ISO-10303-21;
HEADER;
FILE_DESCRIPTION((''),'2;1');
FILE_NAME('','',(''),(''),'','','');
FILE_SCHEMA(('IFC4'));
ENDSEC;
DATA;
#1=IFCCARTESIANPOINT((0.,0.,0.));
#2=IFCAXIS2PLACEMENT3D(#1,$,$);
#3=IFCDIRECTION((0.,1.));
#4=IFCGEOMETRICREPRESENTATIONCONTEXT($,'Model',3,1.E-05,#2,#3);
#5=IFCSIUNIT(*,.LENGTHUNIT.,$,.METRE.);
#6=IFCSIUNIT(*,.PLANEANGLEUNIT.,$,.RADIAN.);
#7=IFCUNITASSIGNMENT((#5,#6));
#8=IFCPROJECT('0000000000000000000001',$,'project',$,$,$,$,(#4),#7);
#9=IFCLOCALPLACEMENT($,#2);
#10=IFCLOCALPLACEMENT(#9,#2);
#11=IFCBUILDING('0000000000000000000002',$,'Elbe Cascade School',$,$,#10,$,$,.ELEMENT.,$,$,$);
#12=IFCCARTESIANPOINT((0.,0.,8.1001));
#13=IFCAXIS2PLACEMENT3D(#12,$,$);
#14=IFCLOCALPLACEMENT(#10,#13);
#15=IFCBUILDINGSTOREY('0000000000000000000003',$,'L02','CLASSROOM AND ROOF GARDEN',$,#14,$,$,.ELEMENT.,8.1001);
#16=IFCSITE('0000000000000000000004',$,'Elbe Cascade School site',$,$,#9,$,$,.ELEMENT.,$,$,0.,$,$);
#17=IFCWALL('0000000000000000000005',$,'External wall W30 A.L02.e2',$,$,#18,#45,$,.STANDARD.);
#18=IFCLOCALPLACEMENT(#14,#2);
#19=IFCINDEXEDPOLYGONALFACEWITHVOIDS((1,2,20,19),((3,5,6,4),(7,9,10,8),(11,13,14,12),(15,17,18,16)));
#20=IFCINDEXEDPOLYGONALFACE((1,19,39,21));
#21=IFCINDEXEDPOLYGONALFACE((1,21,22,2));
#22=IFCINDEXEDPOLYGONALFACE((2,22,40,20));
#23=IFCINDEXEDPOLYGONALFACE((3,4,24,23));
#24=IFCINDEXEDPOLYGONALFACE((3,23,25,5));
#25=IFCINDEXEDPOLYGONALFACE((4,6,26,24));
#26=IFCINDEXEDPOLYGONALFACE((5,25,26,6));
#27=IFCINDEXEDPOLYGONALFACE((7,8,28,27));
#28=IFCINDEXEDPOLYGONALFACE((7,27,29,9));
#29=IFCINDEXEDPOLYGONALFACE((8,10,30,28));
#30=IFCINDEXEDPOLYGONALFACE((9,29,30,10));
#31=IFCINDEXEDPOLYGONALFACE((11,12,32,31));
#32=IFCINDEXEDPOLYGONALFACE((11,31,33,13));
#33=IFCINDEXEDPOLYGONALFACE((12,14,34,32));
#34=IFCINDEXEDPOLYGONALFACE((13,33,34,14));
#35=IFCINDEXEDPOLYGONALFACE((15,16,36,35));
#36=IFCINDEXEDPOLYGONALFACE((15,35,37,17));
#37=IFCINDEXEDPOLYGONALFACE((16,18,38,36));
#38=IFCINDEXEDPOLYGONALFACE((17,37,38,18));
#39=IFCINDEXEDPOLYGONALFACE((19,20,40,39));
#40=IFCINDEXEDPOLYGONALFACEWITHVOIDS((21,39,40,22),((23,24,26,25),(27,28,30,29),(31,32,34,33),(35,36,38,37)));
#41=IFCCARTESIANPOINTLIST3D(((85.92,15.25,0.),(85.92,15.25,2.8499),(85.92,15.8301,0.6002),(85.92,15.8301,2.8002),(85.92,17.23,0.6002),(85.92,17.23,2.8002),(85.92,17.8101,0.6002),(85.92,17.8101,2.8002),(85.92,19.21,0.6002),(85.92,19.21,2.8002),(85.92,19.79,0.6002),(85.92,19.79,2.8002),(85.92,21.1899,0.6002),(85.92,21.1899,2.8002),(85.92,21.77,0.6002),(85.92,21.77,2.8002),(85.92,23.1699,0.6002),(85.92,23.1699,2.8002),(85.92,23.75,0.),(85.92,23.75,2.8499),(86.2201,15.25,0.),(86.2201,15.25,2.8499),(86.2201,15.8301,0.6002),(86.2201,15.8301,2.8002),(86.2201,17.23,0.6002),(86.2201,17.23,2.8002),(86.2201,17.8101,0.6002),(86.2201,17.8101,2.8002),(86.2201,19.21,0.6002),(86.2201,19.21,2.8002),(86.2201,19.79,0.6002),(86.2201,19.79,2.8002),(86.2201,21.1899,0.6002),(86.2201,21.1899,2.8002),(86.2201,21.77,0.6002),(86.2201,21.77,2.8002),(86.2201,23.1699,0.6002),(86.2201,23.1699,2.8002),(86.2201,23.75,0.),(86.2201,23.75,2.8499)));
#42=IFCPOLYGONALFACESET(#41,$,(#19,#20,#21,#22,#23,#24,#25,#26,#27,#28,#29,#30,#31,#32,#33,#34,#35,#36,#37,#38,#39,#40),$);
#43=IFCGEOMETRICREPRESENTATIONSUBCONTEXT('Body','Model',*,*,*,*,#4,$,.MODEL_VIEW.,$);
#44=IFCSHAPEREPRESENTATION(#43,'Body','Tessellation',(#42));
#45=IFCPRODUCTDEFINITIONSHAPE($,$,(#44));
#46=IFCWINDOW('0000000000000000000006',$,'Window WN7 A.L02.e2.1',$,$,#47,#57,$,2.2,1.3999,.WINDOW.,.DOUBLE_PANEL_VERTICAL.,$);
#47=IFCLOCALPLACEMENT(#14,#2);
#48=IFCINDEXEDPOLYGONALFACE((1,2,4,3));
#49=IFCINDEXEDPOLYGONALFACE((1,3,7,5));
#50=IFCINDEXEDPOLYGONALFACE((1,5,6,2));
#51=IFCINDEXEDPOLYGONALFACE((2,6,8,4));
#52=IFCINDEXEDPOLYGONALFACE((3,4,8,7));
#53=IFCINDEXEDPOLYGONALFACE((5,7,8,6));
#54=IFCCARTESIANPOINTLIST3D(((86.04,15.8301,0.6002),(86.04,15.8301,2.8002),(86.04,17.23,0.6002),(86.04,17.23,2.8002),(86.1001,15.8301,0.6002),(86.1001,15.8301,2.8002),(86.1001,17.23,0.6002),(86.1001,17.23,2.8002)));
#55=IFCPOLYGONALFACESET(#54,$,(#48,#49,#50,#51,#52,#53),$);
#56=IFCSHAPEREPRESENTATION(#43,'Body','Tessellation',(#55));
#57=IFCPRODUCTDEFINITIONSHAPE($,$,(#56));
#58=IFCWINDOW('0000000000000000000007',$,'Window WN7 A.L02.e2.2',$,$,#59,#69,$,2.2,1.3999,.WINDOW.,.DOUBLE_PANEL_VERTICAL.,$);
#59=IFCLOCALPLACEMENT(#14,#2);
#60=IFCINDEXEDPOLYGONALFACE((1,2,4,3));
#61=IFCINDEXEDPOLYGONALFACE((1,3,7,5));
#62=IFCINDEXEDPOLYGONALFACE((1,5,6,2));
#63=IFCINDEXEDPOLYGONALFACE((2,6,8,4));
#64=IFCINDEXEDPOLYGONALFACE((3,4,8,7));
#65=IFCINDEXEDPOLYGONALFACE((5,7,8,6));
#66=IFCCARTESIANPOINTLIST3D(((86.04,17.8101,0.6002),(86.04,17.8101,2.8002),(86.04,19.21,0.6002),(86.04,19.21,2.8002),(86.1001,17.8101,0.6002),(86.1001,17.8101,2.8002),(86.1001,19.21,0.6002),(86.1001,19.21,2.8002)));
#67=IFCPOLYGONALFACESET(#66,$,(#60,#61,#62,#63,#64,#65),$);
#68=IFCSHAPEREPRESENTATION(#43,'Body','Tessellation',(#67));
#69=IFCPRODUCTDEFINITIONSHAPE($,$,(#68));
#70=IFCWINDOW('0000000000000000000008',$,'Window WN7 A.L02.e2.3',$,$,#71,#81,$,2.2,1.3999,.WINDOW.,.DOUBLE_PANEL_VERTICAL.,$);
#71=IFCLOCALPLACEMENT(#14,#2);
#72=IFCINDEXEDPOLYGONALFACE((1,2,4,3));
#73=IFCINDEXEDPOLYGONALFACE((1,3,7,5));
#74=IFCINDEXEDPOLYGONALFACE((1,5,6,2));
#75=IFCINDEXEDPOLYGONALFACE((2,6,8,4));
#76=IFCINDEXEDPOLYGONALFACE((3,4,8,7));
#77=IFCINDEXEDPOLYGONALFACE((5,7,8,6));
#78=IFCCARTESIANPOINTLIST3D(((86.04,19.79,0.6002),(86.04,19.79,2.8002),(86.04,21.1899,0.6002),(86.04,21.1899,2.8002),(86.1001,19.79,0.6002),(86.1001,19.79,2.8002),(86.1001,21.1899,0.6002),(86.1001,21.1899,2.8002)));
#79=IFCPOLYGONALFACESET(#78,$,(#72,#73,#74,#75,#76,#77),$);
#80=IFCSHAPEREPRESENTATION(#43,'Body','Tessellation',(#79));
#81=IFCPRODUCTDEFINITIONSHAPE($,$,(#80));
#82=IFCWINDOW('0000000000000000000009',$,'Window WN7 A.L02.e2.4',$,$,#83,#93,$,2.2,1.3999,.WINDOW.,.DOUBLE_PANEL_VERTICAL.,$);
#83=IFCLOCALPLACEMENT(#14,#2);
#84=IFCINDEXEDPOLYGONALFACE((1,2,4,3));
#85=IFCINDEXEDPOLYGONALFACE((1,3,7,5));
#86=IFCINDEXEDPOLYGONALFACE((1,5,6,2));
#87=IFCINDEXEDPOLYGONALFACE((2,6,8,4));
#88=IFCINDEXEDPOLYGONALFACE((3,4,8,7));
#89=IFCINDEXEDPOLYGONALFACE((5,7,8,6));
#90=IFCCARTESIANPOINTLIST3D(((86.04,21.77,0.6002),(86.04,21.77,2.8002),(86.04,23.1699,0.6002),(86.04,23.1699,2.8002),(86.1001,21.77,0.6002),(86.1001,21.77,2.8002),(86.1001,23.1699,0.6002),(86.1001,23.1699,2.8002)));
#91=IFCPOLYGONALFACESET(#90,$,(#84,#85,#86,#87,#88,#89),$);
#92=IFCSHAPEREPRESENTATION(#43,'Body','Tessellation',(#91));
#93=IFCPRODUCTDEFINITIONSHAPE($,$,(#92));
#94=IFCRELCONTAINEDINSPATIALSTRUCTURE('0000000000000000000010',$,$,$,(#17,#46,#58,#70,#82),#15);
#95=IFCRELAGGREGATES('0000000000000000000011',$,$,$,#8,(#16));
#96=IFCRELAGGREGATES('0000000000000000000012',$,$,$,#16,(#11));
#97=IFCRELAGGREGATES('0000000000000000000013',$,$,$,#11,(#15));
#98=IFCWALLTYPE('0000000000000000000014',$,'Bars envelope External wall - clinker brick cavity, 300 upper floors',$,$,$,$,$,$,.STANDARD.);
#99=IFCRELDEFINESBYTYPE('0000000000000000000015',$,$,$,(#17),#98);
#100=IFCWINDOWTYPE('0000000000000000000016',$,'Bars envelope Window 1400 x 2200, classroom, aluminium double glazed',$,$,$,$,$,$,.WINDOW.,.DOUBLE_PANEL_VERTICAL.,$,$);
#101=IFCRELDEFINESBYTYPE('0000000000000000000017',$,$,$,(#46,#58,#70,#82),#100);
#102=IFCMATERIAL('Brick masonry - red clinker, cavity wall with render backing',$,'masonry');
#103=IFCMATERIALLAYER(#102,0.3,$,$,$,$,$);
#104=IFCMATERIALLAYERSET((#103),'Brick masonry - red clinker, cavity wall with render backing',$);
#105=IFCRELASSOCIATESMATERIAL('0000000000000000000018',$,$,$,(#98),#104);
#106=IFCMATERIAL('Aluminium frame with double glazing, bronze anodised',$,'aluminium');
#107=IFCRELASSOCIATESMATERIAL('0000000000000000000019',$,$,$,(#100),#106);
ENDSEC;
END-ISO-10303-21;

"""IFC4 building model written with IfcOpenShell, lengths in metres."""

from ifc_helpers import new_model, si_unit, direction, frame, frame_2d, origin, place, context, subcontext, project, spatial, rectangle, extrude, material, layer, layer_set, type_object, element, fill, save


model = new_model("IFC4")

# Units and contexts
model_context = context("Model", 3, precision=1e-05, world=origin(), true_north=direction((0.0, 1.0)))
body_context = subcontext(model_context, "Body", "Model", "MODEL_VIEW")
ifc_project = project(units=[si_unit("LENGTHUNIT", "METRE"), si_unit("PLANEANGLEUNIT", "RADIAN")], contexts=[model_context])

# Site, building, storey
site_placement = place(None, origin())
site = spatial("IfcSite", under=ifc_project, at=site_placement, Name="Elbe Cascade School site", CompositionType="ELEMENT", RefElevation=0.0)
building_placement = place(site_placement, origin())
building = spatial("IfcBuilding", under=site, at=building_placement, Name="Elbe Cascade School", CompositionType="ELEMENT")
storey_placement = place(building_placement, frame((0.0, 0.0, 8.1001)))
storey = spatial("IfcBuildingStorey", under=building, at=storey_placement, Name="L02", Description="CLASSROOM AND ROOF GARDEN", CompositionType="ELEMENT", Elevation=8.1001)

# Wall, openings, windows
ifc_material_1 = material(Name="Brick masonry - red clinker, cavity wall with render backing", Category="masonry")
ifc_layer_1 = layer(ifc_material_1, 0.3)
ifc_layer_set_1 = layer_set([ifc_layer_1], Name="Brick masonry - red clinker, cavity wall with render backing")
wall_type_1 = type_object("IfcWallType", Name="Bars envelope External wall - clinker brick cavity, 300 upper floors", PredefinedType="STANDARD", material=ifc_layer_set_1)
wall_1_placement = place(storey_placement, frame((86.0701, 23.75, 0.0), z_axis=(0.0, 0.0, 1.0), x_axis=(0.0, -1.0, 0.0)))
wall_1 = element("IfcWall", 1, at=wall_1_placement, inside=storey, type_object=wall_type_1, Name="External wall W30 A.L02.e2", PredefinedType="STANDARD", context=body_context, shape_type="SweptSolid", body=[
    extrude(rectangle(XDim=8.5, YDim=0.3, at=frame_2d((4.25, 0.0))), origin(), (0.0, 0.0, 1.0), 2.8499),
])
opening_1_placement = place(wall_1_placement, frame((6.52, 0.0, 0.6001)))
opening_1 = element("IfcOpeningElement", 2, at=opening_1_placement, cuts=wall_1, PredefinedType="OPENING", context=body_context, shape_type="SweptSolid", body=[
    extrude(rectangle(XDim=1.3999, YDim=2.2, at=frame_2d((0.7, 1.1001))), frame((0.0, 0.1599, 0.0), z_axis=(0.0, -1.0, 0.0), x_axis=(1.0, 0.0, 0.0)), (0.0, 0.0, 1.0), 0.3201),
])
opening_2_placement = place(wall_1_placement, frame((4.54, 0.0, 0.6001)))
opening_2 = element("IfcOpeningElement", 3, at=opening_2_placement, cuts=wall_1, PredefinedType="OPENING", context=body_context, shape_type="SweptSolid", body=[
    extrude(rectangle(XDim=1.3999, YDim=2.2, at=frame_2d((0.7, 1.1001))), frame((0.0, 0.1599, 0.0), z_axis=(0.0, -1.0, 0.0), x_axis=(1.0, 0.0, 0.0)), (0.0, 0.0, 1.0), 0.3201),
])
opening_3_placement = place(wall_1_placement, frame((2.5601, 0.0, 0.6001)))
opening_3 = element("IfcOpeningElement", 4, at=opening_3_placement, cuts=wall_1, PredefinedType="OPENING", context=body_context, shape_type="SweptSolid", body=[
    extrude(rectangle(XDim=1.3999, YDim=2.2, at=frame_2d((0.7, 1.1001))), frame((0.0, 0.1599, 0.0), z_axis=(0.0, -1.0, 0.0), x_axis=(1.0, 0.0, 0.0)), (0.0, 0.0, 1.0), 0.3201),
])
opening_4_placement = place(wall_1_placement, frame((0.5801, 0.0, 0.6001)))
opening_4 = element("IfcOpeningElement", 5, at=opening_4_placement, cuts=wall_1, PredefinedType="OPENING", context=body_context, shape_type="SweptSolid", body=[
    extrude(rectangle(XDim=1.3999, YDim=2.2, at=frame_2d((0.7, 1.1001))), frame((0.0, 0.1599, 0.0), z_axis=(0.0, -1.0, 0.0), x_axis=(1.0, 0.0, 0.0)), (0.0, 0.0, 1.0), 0.3201),
])
ifc_material_2 = material(Name="Aluminium frame with double glazing, bronze anodised", Category="aluminium")
window_type = type_object("IfcWindowType", Name="Bars envelope Window 1400 x 2200, classroom, aluminium double glazed", PartitioningType="DOUBLE_PANEL_VERTICAL", PredefinedType="WINDOW", material=ifc_material_2)
window_1_placement = place(opening_1_placement, origin())
window_1 = element("IfcWindow", 6, at=window_1_placement, inside=storey, type_object=window_type, Name="Window WN7 A.L02.e2.1", OverallHeight=2.2, OverallWidth=1.3999, PartitioningType="DOUBLE_PANEL_VERTICAL", PredefinedType="WINDOW", context=body_context, shape_type="SweptSolid", body=[
    extrude(rectangle(XDim=1.3999, YDim=2.2, at=frame_2d((0.7, 1.1001))), frame((0.0, 0.03, 0.0), z_axis=(0.0, -1.0, 0.0), x_axis=(1.0, 0.0, 0.0)), (0.0, 0.0, 1.0), 0.0601),
])
fill(opening_1, window_1)
window_2_placement = place(opening_2_placement, origin())
window_2 = element("IfcWindow", 7, at=window_2_placement, inside=storey, type_object=window_type, Name="Window WN7 A.L02.e2.2", OverallHeight=2.2, OverallWidth=1.3999, PartitioningType="DOUBLE_PANEL_VERTICAL", PredefinedType="WINDOW", context=body_context, shape_type="SweptSolid", body=[
    extrude(rectangle(XDim=1.3999, YDim=2.2, at=frame_2d((0.7, 1.1001))), frame((0.0, 0.03, 0.0), z_axis=(0.0, -1.0, 0.0), x_axis=(1.0, 0.0, 0.0)), (0.0, 0.0, 1.0), 0.0601),
])
fill(opening_2, window_2)
window_3_placement = place(opening_3_placement, origin())
window_3 = element("IfcWindow", 8, at=window_3_placement, inside=storey, type_object=window_type, Name="Window WN7 A.L02.e2.3", OverallHeight=2.2, OverallWidth=1.3999, PartitioningType="DOUBLE_PANEL_VERTICAL", PredefinedType="WINDOW", context=body_context, shape_type="SweptSolid", body=[
    extrude(rectangle(XDim=1.3999, YDim=2.2, at=frame_2d((0.7, 1.1001))), frame((0.0, 0.03, 0.0), z_axis=(0.0, -1.0, 0.0), x_axis=(1.0, 0.0, 0.0)), (0.0, 0.0, 1.0), 0.0601),
])
fill(opening_3, window_3)
window_4_placement = place(opening_4_placement, origin())
window_4 = element("IfcWindow", 9, at=window_4_placement, inside=storey, type_object=window_type, Name="Window WN7 A.L02.e2.4", OverallHeight=2.2, OverallWidth=1.3999, PartitioningType="DOUBLE_PANEL_VERTICAL", PredefinedType="WINDOW", context=body_context, shape_type="SweptSolid", body=[
    extrude(rectangle(XDim=1.3999, YDim=2.2, at=frame_2d((0.7, 1.1001))), frame((0.0, 0.03, 0.0), z_axis=(0.0, -1.0, 0.0), x_axis=(1.0, 0.0, 0.0)), (0.0, 0.0, 1.0), 0.0601),
])
fill(opening_4, window_4)

save(model, "model.ifc")
